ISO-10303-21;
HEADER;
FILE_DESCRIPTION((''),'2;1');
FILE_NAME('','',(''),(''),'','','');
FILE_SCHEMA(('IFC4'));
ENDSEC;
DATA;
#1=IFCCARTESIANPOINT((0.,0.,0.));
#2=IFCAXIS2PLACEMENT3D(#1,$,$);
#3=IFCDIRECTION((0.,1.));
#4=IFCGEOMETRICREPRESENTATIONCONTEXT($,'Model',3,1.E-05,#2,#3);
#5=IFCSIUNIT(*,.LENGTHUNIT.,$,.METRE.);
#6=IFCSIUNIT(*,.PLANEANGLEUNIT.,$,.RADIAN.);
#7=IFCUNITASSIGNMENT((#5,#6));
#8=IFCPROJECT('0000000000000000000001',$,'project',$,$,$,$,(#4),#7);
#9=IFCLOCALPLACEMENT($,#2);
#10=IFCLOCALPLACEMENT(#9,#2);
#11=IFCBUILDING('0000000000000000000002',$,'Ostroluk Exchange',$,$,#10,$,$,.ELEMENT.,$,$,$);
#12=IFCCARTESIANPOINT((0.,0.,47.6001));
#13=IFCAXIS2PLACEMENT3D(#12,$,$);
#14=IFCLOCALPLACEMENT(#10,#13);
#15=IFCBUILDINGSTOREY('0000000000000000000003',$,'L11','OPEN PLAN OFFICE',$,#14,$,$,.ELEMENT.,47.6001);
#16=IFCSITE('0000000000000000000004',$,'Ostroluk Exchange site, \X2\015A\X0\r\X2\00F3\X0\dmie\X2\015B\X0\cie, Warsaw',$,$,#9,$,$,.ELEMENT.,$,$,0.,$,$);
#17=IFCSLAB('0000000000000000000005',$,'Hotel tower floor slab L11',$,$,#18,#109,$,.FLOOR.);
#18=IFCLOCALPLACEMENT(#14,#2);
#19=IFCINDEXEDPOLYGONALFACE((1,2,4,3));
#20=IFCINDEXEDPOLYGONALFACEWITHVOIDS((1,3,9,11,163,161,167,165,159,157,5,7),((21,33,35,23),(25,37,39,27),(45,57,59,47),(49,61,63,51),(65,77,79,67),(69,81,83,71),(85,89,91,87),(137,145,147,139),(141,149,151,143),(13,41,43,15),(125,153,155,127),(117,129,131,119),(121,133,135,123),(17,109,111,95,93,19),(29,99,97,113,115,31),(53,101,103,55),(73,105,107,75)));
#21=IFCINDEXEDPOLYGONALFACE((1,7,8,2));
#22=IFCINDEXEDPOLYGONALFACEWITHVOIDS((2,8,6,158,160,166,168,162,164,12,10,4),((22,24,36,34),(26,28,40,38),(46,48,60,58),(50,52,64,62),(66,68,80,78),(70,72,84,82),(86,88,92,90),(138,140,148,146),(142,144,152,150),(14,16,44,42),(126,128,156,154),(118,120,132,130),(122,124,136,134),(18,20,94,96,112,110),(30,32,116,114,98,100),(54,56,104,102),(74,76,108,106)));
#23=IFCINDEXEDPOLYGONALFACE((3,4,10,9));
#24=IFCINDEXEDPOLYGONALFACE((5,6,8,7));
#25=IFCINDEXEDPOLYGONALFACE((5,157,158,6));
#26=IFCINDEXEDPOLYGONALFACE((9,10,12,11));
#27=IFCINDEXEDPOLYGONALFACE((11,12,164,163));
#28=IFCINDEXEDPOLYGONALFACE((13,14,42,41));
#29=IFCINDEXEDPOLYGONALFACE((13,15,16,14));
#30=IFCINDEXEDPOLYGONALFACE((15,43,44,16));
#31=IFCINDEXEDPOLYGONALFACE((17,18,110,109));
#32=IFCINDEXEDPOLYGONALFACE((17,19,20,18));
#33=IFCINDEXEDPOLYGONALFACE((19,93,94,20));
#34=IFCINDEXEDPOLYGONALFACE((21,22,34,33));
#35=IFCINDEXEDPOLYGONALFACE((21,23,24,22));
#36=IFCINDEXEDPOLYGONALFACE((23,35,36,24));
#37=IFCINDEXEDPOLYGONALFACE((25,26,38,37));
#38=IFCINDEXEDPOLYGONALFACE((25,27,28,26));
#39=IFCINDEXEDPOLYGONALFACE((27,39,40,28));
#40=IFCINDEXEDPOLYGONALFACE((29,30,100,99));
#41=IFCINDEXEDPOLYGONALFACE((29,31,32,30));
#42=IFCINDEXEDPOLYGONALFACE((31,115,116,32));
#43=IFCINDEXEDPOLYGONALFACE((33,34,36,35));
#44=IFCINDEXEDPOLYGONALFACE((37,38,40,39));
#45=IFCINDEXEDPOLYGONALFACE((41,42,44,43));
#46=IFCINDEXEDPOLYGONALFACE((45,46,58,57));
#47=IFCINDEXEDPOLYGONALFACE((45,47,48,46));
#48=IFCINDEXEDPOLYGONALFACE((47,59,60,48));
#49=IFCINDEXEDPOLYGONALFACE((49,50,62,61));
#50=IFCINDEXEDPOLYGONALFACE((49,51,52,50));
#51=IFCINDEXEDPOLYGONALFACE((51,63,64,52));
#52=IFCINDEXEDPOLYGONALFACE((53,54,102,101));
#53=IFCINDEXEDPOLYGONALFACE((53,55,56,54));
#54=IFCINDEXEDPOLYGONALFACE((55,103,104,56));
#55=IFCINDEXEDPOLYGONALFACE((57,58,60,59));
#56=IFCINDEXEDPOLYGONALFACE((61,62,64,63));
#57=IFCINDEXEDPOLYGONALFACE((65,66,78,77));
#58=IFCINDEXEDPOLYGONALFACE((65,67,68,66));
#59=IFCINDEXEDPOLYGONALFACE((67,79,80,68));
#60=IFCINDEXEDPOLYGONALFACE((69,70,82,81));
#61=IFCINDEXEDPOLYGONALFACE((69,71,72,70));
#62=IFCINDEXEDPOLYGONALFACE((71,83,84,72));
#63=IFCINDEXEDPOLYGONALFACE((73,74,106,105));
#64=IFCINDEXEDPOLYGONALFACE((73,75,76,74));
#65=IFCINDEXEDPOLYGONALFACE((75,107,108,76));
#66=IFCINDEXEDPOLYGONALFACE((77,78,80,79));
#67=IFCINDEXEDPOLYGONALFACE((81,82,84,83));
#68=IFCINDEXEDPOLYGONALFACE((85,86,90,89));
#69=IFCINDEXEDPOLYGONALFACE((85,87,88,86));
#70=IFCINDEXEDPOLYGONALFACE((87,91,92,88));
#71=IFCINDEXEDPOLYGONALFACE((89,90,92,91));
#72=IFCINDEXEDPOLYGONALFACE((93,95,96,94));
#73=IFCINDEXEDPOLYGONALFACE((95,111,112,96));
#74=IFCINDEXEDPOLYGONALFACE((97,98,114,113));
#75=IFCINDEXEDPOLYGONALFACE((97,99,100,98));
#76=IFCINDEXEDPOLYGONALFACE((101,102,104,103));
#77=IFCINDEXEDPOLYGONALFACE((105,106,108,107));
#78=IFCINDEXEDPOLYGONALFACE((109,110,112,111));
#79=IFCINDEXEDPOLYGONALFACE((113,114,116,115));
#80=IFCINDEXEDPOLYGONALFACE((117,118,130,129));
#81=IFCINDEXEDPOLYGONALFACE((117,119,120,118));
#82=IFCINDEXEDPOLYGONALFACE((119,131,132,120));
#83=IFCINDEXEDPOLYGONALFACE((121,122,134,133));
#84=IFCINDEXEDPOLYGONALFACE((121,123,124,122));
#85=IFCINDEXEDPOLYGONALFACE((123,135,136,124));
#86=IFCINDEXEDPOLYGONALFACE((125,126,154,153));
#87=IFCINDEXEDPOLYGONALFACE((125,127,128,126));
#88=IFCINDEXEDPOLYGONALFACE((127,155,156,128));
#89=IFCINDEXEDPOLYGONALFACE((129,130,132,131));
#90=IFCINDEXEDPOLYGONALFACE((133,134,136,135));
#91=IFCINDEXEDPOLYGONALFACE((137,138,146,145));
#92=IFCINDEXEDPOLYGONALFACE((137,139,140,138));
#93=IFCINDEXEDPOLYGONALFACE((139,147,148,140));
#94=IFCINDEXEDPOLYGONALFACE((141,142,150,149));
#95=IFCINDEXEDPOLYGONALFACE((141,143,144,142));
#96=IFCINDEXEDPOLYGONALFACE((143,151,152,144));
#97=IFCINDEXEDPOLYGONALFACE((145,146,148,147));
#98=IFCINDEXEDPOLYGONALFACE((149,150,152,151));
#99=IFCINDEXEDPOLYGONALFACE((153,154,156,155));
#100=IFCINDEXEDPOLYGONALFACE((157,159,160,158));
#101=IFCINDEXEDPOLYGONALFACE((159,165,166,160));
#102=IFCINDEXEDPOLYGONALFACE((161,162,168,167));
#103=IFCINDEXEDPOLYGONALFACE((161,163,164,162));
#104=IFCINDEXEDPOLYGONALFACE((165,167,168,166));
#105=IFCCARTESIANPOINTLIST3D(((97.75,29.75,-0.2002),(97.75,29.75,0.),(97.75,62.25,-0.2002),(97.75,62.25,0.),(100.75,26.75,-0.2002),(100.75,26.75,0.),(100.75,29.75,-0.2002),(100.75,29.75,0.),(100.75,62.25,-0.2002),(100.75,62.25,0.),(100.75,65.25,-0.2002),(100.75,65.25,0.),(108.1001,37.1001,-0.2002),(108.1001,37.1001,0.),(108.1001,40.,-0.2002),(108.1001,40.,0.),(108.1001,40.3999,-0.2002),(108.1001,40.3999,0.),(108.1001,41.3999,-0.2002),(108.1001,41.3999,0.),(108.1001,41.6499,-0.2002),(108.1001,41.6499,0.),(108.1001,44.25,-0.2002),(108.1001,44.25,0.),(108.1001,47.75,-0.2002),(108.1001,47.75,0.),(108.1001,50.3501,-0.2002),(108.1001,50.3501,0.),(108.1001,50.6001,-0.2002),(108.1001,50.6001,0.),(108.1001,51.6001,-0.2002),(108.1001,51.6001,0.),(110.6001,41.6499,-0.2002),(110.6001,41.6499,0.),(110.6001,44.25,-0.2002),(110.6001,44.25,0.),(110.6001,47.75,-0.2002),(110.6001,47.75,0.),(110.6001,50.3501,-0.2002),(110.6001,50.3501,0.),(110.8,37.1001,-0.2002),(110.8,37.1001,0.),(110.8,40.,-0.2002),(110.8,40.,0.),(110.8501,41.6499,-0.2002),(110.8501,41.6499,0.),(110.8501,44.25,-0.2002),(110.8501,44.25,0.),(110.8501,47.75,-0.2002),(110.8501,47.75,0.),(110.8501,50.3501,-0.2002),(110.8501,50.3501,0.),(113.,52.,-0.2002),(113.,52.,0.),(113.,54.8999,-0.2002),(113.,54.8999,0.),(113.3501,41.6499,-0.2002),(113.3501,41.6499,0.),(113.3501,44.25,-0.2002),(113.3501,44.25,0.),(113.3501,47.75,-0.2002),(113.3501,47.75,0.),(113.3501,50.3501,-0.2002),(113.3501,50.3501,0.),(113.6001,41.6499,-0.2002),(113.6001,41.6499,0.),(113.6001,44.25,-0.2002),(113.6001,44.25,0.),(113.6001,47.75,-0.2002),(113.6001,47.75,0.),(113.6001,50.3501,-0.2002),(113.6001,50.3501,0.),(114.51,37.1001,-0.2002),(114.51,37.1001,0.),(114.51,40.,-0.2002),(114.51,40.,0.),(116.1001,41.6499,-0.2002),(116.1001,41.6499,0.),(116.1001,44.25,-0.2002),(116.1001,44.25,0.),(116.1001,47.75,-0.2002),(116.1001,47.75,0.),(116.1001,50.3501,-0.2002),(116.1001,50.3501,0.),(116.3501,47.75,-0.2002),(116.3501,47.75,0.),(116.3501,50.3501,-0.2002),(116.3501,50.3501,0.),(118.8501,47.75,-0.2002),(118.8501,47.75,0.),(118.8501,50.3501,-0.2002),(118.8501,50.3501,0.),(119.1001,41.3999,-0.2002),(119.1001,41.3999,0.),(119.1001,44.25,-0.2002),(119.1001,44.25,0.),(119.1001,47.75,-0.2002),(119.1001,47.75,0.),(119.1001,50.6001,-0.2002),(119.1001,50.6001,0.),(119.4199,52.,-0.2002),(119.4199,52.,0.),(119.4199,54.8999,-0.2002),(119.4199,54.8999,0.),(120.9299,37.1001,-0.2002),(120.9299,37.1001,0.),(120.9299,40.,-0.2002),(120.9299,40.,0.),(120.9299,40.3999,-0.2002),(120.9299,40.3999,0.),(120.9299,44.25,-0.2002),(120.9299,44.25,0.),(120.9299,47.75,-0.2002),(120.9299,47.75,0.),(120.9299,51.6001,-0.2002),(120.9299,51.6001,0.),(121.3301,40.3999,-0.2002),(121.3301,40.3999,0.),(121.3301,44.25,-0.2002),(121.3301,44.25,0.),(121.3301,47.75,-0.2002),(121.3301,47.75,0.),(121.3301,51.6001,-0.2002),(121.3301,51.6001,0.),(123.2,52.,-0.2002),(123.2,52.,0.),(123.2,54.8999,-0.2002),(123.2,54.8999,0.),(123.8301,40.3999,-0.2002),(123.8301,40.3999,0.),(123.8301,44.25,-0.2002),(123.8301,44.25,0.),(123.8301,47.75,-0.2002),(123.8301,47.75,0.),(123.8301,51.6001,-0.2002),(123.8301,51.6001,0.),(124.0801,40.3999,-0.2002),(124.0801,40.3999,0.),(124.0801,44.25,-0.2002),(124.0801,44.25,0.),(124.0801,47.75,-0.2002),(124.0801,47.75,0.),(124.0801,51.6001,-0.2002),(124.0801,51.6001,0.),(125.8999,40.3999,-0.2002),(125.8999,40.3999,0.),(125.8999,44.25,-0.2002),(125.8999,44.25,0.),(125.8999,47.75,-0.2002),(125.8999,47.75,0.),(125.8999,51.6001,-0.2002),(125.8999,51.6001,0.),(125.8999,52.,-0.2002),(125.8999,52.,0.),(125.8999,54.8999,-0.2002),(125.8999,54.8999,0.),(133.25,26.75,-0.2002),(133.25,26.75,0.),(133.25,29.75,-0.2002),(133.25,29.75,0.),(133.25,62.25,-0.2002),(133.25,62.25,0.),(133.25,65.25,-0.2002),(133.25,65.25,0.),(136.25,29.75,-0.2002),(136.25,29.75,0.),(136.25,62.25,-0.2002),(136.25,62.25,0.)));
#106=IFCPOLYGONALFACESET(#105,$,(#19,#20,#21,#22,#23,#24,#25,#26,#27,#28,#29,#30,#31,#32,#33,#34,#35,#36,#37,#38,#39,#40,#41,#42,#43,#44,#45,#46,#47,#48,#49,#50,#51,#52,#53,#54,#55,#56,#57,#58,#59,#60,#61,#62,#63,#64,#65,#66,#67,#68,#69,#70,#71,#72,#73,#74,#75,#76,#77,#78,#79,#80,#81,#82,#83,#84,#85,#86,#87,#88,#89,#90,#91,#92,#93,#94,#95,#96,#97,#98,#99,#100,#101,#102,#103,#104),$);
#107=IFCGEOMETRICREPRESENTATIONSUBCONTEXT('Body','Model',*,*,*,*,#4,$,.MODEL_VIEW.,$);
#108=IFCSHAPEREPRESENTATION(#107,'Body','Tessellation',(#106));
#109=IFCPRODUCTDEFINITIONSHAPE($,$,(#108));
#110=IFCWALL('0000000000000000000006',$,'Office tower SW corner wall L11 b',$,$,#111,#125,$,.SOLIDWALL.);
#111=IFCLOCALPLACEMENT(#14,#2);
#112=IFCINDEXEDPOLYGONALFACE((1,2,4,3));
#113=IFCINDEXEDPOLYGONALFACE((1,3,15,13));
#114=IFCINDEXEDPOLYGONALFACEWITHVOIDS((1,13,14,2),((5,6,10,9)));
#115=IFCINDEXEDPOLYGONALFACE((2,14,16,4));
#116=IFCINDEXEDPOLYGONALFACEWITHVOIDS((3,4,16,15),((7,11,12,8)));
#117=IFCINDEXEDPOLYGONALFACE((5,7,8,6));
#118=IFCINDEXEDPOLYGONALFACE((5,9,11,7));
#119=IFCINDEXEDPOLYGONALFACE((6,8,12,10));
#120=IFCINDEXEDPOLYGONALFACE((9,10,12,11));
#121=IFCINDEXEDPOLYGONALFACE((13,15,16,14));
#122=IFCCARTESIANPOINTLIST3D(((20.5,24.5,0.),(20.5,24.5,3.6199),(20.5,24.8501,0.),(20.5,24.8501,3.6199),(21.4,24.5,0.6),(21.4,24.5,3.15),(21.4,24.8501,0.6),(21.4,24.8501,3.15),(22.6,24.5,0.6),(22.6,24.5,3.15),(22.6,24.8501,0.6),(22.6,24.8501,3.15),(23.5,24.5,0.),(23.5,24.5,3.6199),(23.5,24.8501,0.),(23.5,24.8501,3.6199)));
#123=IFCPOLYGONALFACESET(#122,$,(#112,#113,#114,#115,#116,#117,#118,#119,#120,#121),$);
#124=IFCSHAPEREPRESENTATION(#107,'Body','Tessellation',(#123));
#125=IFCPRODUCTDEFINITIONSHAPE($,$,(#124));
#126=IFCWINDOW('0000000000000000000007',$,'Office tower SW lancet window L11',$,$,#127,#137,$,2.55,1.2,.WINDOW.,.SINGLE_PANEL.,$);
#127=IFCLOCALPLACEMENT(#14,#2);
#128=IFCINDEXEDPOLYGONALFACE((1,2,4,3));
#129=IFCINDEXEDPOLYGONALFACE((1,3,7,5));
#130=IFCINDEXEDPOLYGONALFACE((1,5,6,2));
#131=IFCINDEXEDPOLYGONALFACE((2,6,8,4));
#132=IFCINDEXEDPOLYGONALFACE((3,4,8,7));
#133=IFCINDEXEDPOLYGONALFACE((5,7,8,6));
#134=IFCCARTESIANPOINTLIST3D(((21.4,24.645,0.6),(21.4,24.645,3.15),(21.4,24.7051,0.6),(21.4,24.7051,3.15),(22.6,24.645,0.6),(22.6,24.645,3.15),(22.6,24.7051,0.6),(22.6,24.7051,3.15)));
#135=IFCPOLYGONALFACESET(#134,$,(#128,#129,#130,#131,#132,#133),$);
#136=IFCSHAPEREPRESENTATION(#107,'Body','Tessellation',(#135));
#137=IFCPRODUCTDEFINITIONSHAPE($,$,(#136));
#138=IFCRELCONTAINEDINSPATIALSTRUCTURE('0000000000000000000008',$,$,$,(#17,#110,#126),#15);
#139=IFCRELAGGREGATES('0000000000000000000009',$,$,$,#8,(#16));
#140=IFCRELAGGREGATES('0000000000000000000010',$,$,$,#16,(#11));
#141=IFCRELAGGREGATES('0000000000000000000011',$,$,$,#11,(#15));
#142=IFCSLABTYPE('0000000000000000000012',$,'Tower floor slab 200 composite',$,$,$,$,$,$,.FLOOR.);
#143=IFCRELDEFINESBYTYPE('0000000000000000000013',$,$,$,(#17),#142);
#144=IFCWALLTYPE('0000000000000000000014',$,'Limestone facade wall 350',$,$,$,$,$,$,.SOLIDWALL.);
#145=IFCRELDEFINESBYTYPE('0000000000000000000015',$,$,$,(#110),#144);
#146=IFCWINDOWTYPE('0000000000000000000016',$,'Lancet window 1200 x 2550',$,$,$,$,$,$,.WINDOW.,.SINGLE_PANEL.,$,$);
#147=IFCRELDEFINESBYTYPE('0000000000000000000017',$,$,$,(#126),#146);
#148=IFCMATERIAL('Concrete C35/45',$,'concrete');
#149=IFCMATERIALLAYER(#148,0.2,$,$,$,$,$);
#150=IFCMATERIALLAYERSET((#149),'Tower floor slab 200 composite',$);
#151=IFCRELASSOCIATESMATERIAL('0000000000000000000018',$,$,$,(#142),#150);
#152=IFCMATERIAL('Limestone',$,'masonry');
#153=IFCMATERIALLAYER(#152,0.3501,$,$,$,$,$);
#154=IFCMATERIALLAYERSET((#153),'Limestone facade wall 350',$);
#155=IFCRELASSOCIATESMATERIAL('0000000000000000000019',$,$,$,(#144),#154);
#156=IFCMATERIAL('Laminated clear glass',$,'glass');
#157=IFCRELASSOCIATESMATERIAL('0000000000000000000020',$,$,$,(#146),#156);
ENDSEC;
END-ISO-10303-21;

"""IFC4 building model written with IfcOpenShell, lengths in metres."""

from ifc_helpers import new_model, si_unit, direction, frame, frame_2d, origin, place, context, subcontext, project, spatial, polyline, rectangle, outline, extrude, material, layer, layer_set, type_object, element, fill, save


model = new_model("IFC4")

# Units and contexts
model_context = context("Model", 3, precision=1e-05, world=origin(), true_north=direction((0.0, 1.0)))
body_context = subcontext(model_context, "Body", "Model", "MODEL_VIEW")
ifc_project = project(units=[si_unit("LENGTHUNIT", "METRE"), si_unit("PLANEANGLEUNIT", "RADIAN")], contexts=[model_context])

# Site, building, storey
site_placement = place(None, origin())
site = spatial("IfcSite", under=ifc_project, at=site_placement, Name="Ostroluk Exchange site, Śródmieście, Warsaw", CompositionType="ELEMENT", RefElevation=0.0)
building_placement = place(site_placement, origin())
building = spatial("IfcBuilding", under=site, at=building_placement, Name="Ostroluk Exchange", CompositionType="ELEMENT")
storey_placement = place(building_placement, frame((0.0, 0.0, 47.6001)))
storey = spatial("IfcBuildingStorey", under=building, at=storey_placement, Name="L11", Description="OPEN PLAN OFFICE", CompositionType="ELEMENT", Elevation=47.6001)

# Slab
ifc_material_1 = material(Name="Concrete C35/45", Category="concrete")
ifc_layer_1 = layer(ifc_material_1, 0.2)
ifc_layer_set_1 = layer_set([ifc_layer_1], Name="Tower floor slab 200 composite")
slab_type_1 = type_object("IfcSlabType", Name="Tower floor slab 200 composite", PredefinedType="FLOOR", material=ifc_layer_set_1)
slab_1_placement = place(storey_placement, frame((0.0, 0.0, -0.2002)))
element("IfcSlab", 1, at=slab_1_placement, inside=storey, type_object=slab_type_1, Name="Hotel tower floor slab L11", PredefinedType="FLOOR", context=body_context, shape_type="SweptSolid", body=[
    extrude(outline(polyline([(100.75, 26.75), (133.25, 26.75), (133.25, 29.75), (136.25, 29.75), (136.25, 62.25), (133.25, 62.25), (133.25, 65.25), (100.75, 65.25), (100.75, 62.25), (97.75, 62.25), (97.75, 29.75), (100.75, 29.75), (100.75, 26.75)]), holes=[polyline([(108.1001, 37.1001), (110.8, 37.1001), (110.8, 40.0), (108.1001, 40.0), (108.1001, 37.1001)]), polyline([(114.51, 37.1001), (120.9299, 37.1001), (120.9299, 40.0), (114.51, 40.0), (114.51, 37.1001)]), polyline([(113.0, 52.0), (119.4199, 52.0), (119.4199, 54.8999), (113.0, 54.8999), (113.0, 52.0)]), polyline([(123.2, 52.0), (125.8999, 52.0), (125.8999, 54.8999), (123.2, 54.8999), (123.2, 52.0)]), polyline([(108.1001, 47.75), (110.6001, 47.75), (110.6001, 50.3501), (108.1001, 50.3501), (108.1001, 47.75)]), polyline([(110.8501, 47.75), (113.3501, 47.75), (113.3501, 50.3501), (110.8501, 50.3501), (110.8501, 47.75)]), polyline([(113.6001, 47.75), (116.1001, 47.75), (116.1001, 50.3501), (113.6001, 50.3501), (113.6001, 47.75)]), polyline([(116.3501, 47.75), (118.8501, 47.75), (118.8501, 50.3501), (116.3501, 50.3501), (116.3501, 47.75)]), polyline([(108.1001, 41.6499), (110.6001, 41.6499), (110.6001, 44.25), (108.1001, 44.25), (108.1001, 41.6499)]), polyline([(110.8501, 41.6499), (113.3501, 41.6499), (113.3501, 44.25), (110.8501, 44.25), (110.8501, 41.6499)]), polyline([(113.6001, 41.6499), (116.1001, 41.6499), (116.1001, 44.25), (113.6001, 44.25), (113.6001, 41.6499)]), polyline([(121.3301, 47.75), (123.8301, 47.75), (123.8301, 51.6001), (121.3301, 51.6001), (121.3301, 47.75)]), polyline([(121.3301, 40.3999), (123.8301, 40.3999), (123.8301, 44.25), (121.3301, 44.25), (121.3301, 40.3999)]), polyline([(120.9299, 51.6001), (120.9299, 47.75), (119.1001, 47.75), (119.1001, 50.6001), (108.1001, 50.6001), (108.1001, 51.6001), (120.9299, 51.6001)]), polyline([(108.1001, 40.3999), (108.1001, 41.3999), (119.1001, 41.3999), (119.1001, 44.25), (120.9299, 44.25), (120.9299, 40.3999), (108.1001, 40.3999)]), polyline([(124.0801, 47.75), (125.8999, 47.75), (125.8999, 51.6001), (124.0801, 51.6001), (124.0801, 47.75)]), polyline([(124.0801, 40.3999), (125.8999, 40.3999), (125.8999, 44.25), (124.0801, 44.25), (124.0801, 40.3999)])]), origin(), (0.0, 0.0, 1.0), 0.2002),
])

# Wall, opening, window
ifc_material_2 = material(Name="Limestone", Category="masonry")
ifc_layer_2 = layer(ifc_material_2, 0.3501)
ifc_layer_set_2 = layer_set([ifc_layer_2], Name="Limestone facade wall 350")
wall_type = type_object("IfcWallType", Name="Limestone facade wall 350", PredefinedType="SOLIDWALL", material=ifc_layer_set_2)
wall_placement = place(storey_placement, frame((23.5, 24.675, 0.0), z_axis=(0.0, 0.0, 1.0), x_axis=(-1.0, 0.0, 0.0)))
wall = element("IfcWall", 2, at=wall_placement, inside=storey, type_object=wall_type, Name="Office tower SW corner wall L11 b", PredefinedType="SOLIDWALL", context=body_context, shape_type="SweptSolid", body=[
    extrude(rectangle(XDim=3.0, YDim=0.3501, at=frame_2d((1.5, 0.0))), origin(), (0.0, 0.0, 1.0), 3.6199),
])
opening_placement = place(wall_placement, frame((0.8999, 0.0, 0.6001)))
opening = element("IfcOpeningElement", 3, at=opening_placement, cuts=wall, PredefinedType="OPENING", context=body_context, shape_type="SweptSolid", body=[
    extrude(rectangle(XDim=1.2, YDim=2.55, at=frame_2d((0.6001, 1.2749))), frame((0.0, 0.1851, 0.0), z_axis=(0.0, -1.0, 0.0), x_axis=(1.0, 0.0, 0.0)), (0.0, 0.0, 1.0), 0.3701),
])
ifc_material_3 = material(Name="Laminated clear glass", Category="glass")
window_type = type_object("IfcWindowType", Name="Lancet window 1200 x 2550", PartitioningType="SINGLE_PANEL", PredefinedType="WINDOW", material=ifc_material_3)
window_placement = place(opening_placement, origin())
window = element("IfcWindow", 4, at=window_placement, inside=storey, type_object=window_type, Name="Office tower SW lancet window L11", OverallHeight=2.55, OverallWidth=1.2, PartitioningType="SINGLE_PANEL", PredefinedType="WINDOW", context=body_context, shape_type="SweptSolid", body=[
    extrude(rectangle(XDim=1.2, YDim=2.55, at=frame_2d((0.6001, 1.2749))), frame((0.0, 0.03, 0.0), z_axis=(0.0, -1.0, 0.0), x_axis=(1.0, 0.0, 0.0)), (0.0, 0.0, 1.0), 0.0601),
])
fill(opening, window)

save(model, "model.ifc")
